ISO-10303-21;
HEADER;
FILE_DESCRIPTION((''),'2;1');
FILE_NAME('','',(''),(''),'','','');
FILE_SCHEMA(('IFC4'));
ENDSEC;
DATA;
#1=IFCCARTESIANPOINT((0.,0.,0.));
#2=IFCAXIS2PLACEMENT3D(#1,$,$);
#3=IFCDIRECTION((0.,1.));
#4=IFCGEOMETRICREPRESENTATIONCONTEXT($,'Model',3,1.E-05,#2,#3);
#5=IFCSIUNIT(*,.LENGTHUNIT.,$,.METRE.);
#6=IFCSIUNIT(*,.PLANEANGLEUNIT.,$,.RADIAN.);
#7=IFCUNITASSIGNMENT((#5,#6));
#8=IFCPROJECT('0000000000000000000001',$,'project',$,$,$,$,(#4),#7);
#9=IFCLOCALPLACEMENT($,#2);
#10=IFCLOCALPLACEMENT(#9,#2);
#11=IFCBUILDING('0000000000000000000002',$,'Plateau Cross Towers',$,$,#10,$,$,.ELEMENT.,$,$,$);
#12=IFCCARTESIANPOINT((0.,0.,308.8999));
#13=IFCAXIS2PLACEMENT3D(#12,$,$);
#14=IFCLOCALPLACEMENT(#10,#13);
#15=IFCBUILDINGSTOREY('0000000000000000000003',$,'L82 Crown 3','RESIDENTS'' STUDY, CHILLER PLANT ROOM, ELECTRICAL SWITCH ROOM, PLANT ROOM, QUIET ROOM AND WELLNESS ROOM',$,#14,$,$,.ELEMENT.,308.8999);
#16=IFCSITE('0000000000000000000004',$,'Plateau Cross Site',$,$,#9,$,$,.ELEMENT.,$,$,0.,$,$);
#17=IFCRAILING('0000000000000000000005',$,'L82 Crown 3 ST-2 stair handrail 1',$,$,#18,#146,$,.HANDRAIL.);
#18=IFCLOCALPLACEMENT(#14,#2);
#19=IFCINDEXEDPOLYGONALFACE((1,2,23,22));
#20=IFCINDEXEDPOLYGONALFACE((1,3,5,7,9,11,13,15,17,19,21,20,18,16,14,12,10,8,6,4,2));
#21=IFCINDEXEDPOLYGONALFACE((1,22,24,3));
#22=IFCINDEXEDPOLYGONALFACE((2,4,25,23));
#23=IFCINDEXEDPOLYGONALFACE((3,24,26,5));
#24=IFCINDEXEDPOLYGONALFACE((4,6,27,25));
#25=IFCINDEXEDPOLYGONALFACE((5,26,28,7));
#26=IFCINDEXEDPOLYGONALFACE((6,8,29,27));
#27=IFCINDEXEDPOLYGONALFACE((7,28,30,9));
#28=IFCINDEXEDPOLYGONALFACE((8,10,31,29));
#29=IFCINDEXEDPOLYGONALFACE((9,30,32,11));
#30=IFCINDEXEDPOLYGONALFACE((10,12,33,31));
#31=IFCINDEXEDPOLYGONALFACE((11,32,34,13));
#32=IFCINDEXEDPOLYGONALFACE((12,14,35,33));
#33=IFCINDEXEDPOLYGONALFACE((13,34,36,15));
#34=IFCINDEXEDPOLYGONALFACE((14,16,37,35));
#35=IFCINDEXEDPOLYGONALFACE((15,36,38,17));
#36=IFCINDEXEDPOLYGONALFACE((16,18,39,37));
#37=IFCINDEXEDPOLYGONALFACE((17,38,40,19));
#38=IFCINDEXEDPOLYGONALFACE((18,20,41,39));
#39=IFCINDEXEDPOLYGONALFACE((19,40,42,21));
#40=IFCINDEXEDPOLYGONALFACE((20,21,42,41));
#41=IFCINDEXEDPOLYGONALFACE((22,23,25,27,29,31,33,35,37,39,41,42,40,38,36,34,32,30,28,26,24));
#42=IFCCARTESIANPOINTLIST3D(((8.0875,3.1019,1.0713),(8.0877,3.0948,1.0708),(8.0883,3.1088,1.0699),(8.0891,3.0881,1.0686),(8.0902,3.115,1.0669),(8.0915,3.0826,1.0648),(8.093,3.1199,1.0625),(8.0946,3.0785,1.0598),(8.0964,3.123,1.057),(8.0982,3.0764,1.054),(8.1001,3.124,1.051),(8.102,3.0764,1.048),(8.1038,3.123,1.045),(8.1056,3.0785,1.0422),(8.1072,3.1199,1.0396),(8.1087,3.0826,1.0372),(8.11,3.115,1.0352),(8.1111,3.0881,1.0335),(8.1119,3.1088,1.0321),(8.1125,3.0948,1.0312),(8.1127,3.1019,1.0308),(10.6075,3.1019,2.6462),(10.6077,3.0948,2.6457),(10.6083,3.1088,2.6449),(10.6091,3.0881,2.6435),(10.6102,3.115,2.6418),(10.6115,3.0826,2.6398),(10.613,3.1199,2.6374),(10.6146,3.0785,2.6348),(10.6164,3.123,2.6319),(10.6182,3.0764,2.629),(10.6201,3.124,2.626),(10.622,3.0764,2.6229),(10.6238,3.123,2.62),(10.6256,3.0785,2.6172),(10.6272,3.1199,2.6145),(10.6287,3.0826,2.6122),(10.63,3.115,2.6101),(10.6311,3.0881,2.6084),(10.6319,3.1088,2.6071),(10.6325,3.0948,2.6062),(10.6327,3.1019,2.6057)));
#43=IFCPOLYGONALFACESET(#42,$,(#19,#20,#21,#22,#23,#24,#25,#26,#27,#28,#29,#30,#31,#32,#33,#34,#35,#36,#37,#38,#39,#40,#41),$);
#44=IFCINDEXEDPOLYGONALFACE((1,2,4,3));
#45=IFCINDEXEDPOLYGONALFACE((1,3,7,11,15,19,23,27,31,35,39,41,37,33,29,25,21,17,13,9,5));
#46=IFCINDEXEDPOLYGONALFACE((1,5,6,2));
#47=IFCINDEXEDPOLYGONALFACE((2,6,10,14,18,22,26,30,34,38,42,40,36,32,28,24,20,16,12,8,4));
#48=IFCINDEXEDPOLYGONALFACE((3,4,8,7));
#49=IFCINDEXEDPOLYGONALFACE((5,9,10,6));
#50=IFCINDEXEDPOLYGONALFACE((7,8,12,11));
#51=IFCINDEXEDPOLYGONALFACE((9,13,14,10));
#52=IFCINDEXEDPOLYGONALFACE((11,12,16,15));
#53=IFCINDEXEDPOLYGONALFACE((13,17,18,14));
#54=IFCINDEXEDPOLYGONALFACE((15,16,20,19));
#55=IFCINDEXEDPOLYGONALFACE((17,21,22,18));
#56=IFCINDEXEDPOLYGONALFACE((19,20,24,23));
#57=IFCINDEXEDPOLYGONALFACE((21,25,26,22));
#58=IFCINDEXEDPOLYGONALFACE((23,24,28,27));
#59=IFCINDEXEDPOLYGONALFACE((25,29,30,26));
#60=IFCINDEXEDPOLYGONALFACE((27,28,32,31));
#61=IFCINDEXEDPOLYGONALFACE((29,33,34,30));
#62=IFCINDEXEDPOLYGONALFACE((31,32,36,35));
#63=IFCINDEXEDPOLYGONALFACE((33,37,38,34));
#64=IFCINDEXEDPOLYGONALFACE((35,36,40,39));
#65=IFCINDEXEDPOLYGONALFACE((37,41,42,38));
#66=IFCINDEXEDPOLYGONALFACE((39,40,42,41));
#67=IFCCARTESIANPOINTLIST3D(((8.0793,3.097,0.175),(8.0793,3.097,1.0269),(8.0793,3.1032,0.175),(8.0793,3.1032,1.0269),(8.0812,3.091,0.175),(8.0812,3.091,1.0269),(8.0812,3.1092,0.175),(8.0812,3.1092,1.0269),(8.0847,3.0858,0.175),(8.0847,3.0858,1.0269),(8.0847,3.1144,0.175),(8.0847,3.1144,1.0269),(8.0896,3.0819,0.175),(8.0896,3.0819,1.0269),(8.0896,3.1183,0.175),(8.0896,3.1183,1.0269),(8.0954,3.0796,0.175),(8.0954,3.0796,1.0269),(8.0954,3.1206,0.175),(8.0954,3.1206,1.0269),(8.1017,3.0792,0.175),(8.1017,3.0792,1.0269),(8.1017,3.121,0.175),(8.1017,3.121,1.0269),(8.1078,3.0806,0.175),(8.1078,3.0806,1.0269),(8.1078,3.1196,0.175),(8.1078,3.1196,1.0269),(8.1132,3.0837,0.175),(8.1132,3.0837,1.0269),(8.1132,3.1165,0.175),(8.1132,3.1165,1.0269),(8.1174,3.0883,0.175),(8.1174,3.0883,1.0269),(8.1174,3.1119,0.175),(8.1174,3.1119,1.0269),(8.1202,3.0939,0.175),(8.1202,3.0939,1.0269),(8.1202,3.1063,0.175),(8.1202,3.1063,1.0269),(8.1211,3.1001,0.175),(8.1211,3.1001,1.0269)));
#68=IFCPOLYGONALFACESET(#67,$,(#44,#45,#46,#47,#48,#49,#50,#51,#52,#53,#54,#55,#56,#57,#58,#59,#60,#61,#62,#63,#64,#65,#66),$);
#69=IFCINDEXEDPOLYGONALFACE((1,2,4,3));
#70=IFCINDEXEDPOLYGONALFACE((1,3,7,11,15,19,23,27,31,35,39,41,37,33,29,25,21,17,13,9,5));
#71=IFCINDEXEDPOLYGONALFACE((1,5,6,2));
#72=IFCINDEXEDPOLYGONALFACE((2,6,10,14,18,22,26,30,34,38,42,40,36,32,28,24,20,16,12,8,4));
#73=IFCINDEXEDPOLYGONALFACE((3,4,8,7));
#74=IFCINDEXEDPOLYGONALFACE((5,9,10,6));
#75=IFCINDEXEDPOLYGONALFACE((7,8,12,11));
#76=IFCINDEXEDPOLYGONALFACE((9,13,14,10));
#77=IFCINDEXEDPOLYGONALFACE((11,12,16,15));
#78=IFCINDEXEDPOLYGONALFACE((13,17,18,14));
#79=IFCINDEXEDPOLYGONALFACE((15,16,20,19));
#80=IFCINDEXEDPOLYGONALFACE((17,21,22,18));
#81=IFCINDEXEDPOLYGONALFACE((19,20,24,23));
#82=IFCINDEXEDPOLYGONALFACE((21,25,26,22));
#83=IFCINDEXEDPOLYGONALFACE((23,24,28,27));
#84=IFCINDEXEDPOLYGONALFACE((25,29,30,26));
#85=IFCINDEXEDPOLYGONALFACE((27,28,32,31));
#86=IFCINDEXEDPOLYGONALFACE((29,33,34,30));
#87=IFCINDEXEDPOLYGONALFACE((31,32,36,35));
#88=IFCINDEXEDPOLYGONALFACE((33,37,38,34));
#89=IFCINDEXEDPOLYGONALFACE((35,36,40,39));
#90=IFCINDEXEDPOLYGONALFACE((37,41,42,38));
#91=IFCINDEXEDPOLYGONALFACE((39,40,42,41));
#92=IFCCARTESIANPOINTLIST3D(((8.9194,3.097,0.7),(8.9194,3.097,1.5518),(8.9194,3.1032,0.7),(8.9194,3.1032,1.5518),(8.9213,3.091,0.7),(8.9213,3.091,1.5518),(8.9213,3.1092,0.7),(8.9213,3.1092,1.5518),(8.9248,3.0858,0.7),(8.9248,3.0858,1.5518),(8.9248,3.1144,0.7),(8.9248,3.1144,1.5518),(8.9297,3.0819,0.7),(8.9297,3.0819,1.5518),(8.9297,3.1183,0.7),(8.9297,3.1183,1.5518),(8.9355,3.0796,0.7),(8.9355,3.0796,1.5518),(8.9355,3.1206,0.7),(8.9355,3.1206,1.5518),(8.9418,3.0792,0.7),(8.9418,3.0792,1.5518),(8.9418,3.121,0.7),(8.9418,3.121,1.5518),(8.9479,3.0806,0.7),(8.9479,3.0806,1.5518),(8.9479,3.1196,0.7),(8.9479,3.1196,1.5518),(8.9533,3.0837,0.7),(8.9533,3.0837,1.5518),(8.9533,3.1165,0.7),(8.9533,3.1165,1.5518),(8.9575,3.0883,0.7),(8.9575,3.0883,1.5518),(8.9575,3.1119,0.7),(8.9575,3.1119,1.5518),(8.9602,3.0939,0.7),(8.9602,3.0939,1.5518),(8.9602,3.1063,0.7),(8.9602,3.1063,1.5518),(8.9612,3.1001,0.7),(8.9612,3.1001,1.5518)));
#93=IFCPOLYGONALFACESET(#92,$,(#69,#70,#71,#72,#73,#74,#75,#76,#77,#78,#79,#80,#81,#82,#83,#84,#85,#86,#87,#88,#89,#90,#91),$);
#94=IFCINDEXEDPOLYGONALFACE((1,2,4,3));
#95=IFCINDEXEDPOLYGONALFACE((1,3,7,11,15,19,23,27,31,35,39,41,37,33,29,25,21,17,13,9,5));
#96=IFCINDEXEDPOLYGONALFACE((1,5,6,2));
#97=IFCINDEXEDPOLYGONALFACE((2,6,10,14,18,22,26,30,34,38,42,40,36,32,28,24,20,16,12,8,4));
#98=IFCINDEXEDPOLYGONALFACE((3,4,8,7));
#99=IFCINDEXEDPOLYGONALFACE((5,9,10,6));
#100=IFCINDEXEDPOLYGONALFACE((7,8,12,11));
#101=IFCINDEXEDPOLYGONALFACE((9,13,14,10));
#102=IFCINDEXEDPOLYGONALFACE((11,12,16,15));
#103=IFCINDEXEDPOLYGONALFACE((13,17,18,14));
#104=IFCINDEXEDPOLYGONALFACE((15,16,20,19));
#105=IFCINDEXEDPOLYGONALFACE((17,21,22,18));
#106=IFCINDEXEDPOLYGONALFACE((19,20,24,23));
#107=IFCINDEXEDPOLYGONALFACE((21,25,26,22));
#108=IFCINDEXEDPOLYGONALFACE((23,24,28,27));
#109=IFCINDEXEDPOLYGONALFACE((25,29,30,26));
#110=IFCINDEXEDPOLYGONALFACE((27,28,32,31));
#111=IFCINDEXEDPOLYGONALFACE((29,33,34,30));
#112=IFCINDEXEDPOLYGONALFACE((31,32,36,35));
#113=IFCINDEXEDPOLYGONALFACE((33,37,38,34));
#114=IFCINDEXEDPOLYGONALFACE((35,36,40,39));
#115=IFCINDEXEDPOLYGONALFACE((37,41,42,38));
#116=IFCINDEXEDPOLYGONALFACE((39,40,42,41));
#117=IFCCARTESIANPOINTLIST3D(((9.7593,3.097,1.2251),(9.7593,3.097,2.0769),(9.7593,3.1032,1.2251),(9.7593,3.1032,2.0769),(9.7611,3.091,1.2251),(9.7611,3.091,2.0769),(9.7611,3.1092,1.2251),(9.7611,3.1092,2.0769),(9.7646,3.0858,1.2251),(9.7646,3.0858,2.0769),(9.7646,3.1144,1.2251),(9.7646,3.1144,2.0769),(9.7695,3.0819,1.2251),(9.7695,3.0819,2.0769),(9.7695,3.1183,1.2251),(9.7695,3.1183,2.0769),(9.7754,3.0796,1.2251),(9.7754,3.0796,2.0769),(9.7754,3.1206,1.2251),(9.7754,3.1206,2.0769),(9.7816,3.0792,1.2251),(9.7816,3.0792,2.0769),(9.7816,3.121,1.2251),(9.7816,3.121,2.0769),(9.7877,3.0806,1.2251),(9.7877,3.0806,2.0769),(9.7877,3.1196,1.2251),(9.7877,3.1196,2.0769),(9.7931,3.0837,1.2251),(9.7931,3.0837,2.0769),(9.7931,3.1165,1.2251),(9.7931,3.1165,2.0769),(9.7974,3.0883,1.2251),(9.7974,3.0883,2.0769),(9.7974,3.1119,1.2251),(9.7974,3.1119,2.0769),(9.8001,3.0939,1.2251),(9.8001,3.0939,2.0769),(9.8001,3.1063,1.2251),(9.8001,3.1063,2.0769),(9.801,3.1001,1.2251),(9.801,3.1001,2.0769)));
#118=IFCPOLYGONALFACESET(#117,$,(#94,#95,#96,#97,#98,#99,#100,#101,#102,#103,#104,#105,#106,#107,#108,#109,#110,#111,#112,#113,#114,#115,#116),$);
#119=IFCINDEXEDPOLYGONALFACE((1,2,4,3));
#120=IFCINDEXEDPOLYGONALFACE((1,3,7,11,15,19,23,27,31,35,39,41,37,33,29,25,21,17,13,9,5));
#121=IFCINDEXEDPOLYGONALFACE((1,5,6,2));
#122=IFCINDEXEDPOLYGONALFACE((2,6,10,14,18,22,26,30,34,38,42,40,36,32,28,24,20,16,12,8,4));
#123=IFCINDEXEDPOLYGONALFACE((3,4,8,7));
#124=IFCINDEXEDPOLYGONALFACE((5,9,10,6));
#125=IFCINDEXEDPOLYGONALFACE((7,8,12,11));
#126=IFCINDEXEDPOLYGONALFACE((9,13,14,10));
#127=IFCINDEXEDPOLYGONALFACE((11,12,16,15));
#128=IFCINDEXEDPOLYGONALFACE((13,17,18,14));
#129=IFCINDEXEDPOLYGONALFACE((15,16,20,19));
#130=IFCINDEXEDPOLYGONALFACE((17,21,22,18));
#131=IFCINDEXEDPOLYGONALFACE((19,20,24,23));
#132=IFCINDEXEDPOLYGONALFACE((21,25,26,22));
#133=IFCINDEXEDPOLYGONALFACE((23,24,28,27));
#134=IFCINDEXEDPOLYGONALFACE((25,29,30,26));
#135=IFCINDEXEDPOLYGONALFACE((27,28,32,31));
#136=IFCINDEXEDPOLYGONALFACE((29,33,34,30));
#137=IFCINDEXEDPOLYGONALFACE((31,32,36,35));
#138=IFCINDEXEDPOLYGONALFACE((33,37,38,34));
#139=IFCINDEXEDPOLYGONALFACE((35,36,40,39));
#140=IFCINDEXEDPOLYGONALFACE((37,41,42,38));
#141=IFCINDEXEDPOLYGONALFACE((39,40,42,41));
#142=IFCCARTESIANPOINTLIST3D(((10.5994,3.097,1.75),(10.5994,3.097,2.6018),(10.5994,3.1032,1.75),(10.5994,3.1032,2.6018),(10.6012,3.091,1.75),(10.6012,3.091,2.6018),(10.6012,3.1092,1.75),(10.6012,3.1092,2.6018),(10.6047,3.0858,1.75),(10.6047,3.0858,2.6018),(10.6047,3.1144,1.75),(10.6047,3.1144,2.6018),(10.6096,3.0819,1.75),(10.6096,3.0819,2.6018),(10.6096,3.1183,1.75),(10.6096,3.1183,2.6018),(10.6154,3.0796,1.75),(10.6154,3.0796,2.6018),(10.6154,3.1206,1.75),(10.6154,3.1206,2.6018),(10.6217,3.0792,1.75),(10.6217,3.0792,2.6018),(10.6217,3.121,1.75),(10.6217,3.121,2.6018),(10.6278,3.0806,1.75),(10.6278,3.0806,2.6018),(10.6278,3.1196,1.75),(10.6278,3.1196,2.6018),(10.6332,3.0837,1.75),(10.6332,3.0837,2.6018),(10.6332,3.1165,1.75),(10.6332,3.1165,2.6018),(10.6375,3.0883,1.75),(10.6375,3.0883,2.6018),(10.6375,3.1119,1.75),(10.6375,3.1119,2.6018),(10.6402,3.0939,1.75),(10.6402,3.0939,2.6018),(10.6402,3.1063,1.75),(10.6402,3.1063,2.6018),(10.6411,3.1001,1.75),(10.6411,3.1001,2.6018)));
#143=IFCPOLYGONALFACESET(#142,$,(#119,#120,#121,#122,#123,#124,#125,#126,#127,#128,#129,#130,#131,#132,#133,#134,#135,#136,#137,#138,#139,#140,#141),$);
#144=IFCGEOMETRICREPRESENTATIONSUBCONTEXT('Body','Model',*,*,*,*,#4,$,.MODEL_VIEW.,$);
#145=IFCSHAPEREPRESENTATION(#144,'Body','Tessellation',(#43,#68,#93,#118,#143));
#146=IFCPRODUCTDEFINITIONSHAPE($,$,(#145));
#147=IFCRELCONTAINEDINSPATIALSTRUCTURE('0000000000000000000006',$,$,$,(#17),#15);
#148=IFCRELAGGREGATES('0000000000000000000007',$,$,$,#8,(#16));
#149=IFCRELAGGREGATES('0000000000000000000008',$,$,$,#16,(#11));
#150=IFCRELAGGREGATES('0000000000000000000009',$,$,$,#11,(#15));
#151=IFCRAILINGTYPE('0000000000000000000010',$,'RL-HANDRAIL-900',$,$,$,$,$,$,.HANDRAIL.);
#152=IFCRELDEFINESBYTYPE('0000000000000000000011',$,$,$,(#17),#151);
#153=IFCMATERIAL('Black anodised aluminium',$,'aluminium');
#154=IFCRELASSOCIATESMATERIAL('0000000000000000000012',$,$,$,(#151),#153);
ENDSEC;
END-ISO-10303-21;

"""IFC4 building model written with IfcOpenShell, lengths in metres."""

from ifc_helpers import new_model, si_unit, direction, frame, origin, origin_2d, place, context, subcontext, project, spatial, circle, extrude, material, type_object, element, save


model = new_model("IFC4")

# Units and contexts
model_context = context("Model", 3, precision=1e-05, world=origin(), true_north=direction((0.0, 1.0)))
body_context = subcontext(model_context, "Body", "Model", "MODEL_VIEW")
ifc_project = project(units=[si_unit("LENGTHUNIT", "METRE"), si_unit("PLANEANGLEUNIT", "RADIAN")], contexts=[model_context])

# Site, building, storey
site_placement = place(None, origin())
site = spatial("IfcSite", under=ifc_project, at=site_placement, Name="Plateau Cross Site", CompositionType="ELEMENT", RefElevation=0.0)
building_placement = place(site_placement, origin())
building = spatial("IfcBuilding", under=site, at=building_placement, Name="Plateau Cross Towers", CompositionType="ELEMENT")
storey_placement = place(building_placement, frame((0.0, 0.0, 308.8999)))
storey = spatial("IfcBuildingStorey", under=building, at=storey_placement, Name="L82 Crown 3", Description="RESIDENTS' STUDY, CHILLER PLANT ROOM, ELECTRICAL SWITCH ROOM, PLANT ROOM, QUIET ROOM AND WELLNESS ROOM", CompositionType="ELEMENT", Elevation=308.8999)

# Shared definitions
ifc_material_1 = material(Name="Black anodised aluminium", Category="aluminium")

# Railing
railing_type_1 = type_object("IfcRailingType", Name="RL-HANDRAIL-900", PredefinedType="HANDRAIL", material=ifc_material_1)
railing_1_placement = place(storey_placement, frame((8.1001, 3.1001, 0.175)))
element("IfcRailing", 1, at=railing_1_placement, inside=storey, type_object=railing_type_1, Name="L82 Crown 3 ST-2 stair handrail 1", PredefinedType="HANDRAIL", context=body_context, shape_type="SweptSolid", body=[
    extrude(circle(Radius=0.0239, at=origin_2d()), frame((0.0, 0.0, 0.876), z_axis=(0.848008, 0.0, 0.529984), x_axis=(0.0, 1.0, 0.0)), (0.0, 0.0, 1.0), 2.9717),
    extrude(circle(Radius=0.021, at=origin_2d()), origin(), (0.0, 0.0, 1.0), 0.8518),
    extrude(circle(Radius=0.021, at=origin_2d()), frame((0.8401, 0.0, 0.5249)), (0.0, 0.0, 1.0), 0.8518),
    extrude(circle(Radius=0.021, at=origin_2d()), frame((1.6799, 0.0, 1.05)), (0.0, 0.0, 1.0), 0.8518),
    extrude(circle(Radius=0.021, at=origin_2d()), frame((2.52, 0.0, 1.575)), (0.0, 0.0, 1.0), 0.8518),
])

save(model, "model.ifc")
